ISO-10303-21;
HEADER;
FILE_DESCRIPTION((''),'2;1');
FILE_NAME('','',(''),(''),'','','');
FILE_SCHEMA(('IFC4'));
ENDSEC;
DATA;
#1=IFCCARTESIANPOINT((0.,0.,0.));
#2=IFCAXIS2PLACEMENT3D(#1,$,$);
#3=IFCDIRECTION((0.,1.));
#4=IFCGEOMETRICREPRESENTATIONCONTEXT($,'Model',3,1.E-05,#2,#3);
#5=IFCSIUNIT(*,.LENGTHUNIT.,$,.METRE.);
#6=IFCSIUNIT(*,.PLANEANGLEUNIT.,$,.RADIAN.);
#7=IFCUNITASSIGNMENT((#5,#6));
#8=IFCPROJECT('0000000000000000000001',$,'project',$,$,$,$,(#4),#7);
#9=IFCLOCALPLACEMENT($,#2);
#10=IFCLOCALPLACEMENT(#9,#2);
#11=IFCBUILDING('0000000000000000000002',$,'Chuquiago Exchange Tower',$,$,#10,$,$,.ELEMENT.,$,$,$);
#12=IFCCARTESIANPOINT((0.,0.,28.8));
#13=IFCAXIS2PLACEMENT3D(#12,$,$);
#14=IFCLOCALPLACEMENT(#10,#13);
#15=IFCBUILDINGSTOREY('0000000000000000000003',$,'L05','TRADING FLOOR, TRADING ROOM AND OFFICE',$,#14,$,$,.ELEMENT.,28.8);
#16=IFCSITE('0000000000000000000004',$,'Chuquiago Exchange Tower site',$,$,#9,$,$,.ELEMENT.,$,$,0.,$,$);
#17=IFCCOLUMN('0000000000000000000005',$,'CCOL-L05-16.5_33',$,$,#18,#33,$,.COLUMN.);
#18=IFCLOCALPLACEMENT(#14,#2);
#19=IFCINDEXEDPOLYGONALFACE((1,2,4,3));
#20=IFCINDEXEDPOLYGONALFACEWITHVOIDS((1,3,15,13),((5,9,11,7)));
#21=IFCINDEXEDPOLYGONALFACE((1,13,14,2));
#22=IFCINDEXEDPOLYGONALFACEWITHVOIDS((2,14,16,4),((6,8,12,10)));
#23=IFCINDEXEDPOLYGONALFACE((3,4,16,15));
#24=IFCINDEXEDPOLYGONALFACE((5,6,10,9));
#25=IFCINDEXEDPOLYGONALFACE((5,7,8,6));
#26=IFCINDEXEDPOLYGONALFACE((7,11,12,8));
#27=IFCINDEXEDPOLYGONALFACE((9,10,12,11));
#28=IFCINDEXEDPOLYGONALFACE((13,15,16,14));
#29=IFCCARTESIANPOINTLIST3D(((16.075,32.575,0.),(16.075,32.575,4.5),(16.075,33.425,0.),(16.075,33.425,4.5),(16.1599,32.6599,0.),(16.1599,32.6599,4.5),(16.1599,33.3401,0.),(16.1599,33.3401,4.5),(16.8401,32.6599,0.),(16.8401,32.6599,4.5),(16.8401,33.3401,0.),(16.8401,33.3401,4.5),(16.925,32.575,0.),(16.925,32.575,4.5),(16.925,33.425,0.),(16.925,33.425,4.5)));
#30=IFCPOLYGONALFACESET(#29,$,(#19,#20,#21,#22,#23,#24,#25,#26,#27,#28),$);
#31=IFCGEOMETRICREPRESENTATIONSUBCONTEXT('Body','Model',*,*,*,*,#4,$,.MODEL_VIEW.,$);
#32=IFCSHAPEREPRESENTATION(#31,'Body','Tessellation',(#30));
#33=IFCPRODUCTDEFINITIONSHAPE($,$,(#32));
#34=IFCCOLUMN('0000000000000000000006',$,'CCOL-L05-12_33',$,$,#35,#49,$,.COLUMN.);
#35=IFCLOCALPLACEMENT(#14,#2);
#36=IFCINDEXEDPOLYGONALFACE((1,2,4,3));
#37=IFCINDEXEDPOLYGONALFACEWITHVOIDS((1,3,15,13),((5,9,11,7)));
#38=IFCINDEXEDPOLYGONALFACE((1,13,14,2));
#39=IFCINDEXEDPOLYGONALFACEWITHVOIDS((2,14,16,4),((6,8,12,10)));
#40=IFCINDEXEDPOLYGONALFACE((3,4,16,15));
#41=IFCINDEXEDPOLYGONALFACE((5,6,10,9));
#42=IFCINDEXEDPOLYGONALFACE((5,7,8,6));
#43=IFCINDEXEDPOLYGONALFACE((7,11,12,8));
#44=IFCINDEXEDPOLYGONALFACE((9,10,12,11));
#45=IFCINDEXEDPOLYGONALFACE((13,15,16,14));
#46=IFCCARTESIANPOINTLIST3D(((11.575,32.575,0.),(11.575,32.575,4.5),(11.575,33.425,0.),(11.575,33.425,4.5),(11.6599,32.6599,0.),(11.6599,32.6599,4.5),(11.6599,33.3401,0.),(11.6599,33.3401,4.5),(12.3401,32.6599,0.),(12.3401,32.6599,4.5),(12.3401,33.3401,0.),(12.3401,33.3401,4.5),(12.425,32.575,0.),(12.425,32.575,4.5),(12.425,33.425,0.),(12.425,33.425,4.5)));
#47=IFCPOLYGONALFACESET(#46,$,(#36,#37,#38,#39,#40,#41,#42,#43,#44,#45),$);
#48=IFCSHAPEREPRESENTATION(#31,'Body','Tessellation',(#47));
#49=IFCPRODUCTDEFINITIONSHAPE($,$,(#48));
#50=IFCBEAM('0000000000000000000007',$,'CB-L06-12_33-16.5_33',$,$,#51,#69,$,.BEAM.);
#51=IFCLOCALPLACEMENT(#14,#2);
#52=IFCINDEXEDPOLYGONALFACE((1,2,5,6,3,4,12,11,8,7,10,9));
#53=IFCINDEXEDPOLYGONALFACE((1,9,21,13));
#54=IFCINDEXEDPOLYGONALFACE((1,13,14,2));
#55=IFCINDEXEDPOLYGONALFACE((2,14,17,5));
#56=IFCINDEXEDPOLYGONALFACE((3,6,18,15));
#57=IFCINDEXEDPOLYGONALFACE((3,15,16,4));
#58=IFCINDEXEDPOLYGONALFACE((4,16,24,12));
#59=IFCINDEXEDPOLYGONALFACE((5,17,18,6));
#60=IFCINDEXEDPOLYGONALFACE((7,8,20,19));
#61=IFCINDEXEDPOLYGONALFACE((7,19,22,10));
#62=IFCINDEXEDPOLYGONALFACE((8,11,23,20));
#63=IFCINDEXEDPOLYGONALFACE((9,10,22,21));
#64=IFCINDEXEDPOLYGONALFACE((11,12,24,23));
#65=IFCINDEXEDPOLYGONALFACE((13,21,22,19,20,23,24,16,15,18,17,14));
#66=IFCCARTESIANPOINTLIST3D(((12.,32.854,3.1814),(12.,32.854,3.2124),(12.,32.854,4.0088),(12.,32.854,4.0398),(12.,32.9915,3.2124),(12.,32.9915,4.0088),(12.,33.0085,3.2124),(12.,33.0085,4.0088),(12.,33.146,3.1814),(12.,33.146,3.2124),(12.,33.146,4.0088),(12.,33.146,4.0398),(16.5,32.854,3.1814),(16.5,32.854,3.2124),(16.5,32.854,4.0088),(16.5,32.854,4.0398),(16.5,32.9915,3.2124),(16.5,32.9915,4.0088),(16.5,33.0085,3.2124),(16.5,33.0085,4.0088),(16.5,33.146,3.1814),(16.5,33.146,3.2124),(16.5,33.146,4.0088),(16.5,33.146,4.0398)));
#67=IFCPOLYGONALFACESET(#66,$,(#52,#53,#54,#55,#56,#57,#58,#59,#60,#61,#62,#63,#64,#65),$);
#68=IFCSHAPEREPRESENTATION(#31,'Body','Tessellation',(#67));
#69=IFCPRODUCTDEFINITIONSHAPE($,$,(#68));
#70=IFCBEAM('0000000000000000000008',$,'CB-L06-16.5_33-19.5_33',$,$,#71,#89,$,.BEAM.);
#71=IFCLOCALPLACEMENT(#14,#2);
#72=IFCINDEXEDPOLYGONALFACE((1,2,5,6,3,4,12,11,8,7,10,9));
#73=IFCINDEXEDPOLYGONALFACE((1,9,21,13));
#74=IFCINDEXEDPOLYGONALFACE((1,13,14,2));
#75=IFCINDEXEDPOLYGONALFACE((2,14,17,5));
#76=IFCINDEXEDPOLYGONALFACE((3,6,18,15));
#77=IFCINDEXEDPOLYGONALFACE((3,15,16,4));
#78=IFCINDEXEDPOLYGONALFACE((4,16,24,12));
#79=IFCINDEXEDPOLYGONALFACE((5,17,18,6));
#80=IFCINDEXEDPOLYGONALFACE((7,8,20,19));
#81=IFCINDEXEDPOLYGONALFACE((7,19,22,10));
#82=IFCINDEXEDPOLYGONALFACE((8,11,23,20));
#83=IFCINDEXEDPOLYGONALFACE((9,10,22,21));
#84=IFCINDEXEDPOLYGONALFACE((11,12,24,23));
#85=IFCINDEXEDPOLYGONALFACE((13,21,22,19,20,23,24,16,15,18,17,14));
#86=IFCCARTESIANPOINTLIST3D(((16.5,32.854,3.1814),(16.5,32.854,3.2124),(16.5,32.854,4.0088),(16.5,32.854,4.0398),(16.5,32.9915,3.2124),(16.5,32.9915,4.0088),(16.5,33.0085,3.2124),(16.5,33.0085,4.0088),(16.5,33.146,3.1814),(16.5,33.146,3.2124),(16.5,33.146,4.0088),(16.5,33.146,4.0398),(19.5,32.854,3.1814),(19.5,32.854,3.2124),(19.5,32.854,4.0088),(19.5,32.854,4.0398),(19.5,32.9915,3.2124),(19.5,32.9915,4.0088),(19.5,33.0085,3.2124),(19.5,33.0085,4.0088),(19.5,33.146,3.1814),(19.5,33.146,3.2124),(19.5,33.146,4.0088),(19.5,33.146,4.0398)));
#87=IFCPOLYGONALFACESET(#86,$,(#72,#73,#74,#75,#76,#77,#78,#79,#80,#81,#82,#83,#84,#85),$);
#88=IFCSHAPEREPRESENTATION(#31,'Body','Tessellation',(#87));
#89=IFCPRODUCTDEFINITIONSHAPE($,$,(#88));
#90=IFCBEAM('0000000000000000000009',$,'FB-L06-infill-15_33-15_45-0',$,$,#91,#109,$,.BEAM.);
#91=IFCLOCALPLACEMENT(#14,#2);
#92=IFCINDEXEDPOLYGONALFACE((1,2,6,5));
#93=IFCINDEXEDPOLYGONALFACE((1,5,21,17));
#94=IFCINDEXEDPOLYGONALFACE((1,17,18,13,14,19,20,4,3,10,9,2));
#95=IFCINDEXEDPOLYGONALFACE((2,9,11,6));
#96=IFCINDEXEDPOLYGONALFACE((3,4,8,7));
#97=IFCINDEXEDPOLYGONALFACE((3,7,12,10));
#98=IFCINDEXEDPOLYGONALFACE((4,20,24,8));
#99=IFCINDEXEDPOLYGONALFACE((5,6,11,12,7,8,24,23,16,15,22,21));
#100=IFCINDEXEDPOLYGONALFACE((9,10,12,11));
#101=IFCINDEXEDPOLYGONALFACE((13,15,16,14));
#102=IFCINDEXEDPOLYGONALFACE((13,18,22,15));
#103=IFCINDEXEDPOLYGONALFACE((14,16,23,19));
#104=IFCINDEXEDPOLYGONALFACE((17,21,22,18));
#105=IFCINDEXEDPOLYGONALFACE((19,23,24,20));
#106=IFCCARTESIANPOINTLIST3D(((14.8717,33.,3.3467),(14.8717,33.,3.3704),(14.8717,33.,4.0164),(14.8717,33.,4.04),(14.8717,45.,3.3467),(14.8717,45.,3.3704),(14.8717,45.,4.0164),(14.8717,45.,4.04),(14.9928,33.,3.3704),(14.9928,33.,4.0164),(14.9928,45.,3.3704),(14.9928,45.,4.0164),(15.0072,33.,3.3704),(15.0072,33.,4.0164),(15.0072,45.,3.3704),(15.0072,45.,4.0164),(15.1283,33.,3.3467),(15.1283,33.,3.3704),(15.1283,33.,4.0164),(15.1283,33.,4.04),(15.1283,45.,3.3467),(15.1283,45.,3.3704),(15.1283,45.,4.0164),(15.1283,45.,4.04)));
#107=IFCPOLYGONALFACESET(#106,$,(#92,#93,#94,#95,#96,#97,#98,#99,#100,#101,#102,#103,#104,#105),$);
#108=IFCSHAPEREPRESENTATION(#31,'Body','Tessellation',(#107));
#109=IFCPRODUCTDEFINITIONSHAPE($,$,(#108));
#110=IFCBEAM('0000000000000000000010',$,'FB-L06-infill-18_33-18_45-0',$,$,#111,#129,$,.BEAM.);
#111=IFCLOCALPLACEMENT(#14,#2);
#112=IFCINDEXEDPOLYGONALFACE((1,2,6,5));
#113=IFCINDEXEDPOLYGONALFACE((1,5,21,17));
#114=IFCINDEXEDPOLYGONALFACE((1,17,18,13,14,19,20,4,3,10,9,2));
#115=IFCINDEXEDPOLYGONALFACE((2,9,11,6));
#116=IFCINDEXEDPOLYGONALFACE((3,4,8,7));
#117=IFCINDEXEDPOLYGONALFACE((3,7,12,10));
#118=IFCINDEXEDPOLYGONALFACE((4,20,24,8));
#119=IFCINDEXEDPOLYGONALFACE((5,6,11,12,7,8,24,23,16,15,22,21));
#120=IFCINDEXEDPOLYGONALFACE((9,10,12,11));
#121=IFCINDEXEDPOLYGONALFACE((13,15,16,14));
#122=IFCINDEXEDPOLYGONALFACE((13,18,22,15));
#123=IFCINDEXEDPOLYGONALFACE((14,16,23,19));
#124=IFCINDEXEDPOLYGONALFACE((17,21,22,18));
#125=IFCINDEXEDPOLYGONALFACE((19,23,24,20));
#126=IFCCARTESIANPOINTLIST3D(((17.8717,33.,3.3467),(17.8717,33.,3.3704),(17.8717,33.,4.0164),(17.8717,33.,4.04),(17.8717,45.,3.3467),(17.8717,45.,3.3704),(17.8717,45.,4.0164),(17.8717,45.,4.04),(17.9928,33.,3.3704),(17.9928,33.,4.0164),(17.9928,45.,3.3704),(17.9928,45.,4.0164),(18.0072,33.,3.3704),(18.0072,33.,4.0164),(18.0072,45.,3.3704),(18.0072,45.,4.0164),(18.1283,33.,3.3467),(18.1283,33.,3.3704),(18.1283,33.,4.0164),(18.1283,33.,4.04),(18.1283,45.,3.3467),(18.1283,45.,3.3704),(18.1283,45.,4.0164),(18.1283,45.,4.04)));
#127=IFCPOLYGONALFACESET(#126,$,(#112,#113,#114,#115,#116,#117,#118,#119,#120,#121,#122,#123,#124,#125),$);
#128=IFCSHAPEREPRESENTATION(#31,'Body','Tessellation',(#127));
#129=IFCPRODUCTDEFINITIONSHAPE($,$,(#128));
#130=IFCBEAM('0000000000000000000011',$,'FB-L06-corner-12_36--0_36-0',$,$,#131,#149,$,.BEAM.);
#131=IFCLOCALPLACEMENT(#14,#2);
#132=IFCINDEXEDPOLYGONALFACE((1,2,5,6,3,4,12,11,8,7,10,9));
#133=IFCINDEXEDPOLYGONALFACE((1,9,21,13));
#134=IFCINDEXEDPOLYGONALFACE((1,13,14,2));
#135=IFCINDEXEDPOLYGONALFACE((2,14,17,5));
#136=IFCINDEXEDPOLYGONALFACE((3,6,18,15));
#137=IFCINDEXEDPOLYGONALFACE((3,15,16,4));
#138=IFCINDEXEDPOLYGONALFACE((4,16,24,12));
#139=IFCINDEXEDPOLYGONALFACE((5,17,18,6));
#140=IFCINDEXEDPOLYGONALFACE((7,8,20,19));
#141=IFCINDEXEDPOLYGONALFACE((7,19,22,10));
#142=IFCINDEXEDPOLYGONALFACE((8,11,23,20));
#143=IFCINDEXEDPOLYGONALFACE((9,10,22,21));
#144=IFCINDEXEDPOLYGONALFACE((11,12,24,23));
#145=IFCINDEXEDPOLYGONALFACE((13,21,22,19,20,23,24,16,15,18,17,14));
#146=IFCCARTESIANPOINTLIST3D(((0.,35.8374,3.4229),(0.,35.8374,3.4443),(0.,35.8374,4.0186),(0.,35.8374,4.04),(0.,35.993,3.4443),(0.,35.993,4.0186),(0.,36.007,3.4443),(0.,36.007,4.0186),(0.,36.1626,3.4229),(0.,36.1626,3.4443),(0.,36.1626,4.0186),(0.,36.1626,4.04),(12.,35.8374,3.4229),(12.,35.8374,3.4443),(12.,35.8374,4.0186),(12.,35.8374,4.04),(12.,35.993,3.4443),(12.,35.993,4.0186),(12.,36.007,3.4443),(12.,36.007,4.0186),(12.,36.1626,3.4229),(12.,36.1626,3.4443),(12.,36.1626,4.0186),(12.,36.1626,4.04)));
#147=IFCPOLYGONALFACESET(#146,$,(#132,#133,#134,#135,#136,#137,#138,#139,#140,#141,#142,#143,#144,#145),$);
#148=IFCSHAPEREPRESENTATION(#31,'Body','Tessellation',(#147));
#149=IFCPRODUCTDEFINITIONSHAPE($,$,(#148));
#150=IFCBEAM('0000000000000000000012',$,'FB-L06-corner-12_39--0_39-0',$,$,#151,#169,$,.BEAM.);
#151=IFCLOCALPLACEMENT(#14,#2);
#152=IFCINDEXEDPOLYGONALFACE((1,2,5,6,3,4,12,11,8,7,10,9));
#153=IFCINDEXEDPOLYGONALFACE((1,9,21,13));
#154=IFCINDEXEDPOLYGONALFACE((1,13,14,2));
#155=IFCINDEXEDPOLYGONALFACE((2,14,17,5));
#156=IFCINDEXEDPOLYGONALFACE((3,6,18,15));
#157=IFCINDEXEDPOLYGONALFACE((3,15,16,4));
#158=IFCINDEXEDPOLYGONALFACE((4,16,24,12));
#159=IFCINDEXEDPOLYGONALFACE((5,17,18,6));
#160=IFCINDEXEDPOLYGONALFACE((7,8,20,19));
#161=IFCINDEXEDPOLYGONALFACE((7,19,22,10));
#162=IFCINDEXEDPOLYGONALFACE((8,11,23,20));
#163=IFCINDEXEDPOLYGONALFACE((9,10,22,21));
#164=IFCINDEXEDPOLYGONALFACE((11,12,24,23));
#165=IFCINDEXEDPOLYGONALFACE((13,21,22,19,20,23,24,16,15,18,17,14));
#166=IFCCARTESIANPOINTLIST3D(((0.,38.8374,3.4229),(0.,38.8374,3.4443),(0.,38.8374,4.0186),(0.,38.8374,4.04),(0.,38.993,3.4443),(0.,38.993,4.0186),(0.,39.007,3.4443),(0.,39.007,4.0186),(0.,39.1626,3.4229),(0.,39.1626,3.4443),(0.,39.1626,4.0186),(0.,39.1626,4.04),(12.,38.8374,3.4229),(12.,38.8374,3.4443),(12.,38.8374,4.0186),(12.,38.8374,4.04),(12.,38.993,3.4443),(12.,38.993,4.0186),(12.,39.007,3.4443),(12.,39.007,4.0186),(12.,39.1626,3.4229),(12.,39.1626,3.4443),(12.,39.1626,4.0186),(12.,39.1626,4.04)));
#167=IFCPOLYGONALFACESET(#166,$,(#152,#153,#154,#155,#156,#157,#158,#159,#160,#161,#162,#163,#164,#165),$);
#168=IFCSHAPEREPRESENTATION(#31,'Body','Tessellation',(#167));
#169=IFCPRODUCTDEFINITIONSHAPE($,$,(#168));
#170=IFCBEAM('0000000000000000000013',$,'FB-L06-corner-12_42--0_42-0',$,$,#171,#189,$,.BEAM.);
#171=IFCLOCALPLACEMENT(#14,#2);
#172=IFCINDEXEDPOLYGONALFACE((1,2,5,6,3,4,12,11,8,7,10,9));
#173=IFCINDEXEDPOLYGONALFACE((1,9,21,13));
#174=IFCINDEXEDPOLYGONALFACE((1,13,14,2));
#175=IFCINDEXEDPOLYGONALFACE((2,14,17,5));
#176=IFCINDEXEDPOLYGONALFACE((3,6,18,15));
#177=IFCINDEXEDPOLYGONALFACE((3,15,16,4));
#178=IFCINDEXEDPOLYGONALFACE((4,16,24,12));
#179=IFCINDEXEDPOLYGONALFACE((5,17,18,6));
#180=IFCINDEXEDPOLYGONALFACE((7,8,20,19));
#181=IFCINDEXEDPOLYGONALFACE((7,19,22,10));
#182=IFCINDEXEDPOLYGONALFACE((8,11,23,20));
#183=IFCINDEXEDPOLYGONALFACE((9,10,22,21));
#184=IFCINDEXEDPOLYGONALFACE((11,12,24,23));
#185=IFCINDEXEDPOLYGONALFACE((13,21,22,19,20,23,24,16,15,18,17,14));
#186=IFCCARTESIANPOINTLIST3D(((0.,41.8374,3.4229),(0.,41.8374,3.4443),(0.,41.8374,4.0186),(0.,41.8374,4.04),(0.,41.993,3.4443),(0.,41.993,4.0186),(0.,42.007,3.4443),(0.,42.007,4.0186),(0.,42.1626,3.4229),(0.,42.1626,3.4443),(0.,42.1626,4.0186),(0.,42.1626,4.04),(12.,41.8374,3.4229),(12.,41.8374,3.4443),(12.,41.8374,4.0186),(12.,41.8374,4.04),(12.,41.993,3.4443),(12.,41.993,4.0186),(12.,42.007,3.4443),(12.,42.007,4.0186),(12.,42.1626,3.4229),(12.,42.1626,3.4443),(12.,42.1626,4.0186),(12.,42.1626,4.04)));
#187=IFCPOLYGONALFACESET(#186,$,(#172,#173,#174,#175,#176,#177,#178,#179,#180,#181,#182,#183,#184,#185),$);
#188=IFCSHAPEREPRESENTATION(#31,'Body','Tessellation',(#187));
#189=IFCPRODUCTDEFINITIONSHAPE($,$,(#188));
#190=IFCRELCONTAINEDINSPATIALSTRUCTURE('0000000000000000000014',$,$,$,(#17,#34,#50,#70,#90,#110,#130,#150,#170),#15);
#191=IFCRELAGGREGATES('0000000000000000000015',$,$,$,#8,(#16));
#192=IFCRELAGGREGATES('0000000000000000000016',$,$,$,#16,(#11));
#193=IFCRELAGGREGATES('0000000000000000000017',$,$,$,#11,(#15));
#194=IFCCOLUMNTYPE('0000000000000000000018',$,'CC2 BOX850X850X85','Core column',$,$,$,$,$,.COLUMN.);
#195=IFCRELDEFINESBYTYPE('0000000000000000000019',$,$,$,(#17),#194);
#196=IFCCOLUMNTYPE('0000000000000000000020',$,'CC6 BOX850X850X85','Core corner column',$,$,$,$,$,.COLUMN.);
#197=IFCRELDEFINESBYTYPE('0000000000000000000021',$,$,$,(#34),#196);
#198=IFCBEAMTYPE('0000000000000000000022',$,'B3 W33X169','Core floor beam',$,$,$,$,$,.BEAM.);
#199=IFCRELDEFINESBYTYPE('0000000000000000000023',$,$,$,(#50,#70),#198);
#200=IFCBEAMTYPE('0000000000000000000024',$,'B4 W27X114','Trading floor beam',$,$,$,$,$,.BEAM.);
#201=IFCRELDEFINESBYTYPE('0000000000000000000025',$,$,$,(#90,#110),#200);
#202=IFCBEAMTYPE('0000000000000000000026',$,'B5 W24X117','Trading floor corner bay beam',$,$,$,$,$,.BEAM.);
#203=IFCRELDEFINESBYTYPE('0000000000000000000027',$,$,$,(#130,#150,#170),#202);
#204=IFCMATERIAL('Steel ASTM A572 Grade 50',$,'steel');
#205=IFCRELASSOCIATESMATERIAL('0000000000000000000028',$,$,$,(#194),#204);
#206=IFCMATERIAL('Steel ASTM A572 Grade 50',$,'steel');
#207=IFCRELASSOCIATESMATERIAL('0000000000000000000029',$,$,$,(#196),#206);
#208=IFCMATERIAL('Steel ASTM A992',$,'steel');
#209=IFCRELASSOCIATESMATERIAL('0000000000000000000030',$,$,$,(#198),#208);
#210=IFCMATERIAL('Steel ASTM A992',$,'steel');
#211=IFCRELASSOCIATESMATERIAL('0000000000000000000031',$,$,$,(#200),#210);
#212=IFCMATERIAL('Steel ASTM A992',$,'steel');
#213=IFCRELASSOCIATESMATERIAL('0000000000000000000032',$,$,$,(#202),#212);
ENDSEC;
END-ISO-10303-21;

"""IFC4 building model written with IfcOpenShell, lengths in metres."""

from ifc_helpers import new_model, si_unit, direction, frame, origin, origin_2d, place, context, subcontext, project, spatial, hollow_rectangle, i_section, extrude, material, material_profile, profile_set, type_object, element, save


model = new_model("IFC4")

# Units and contexts
model_context = context("Model", 3, precision=1e-05, world=origin(), true_north=direction((0.0, 1.0)))
body_context = subcontext(model_context, "Body", "Model", "MODEL_VIEW")
ifc_project = project(units=[si_unit("LENGTHUNIT", "METRE"), si_unit("PLANEANGLEUNIT", "RADIAN")], contexts=[model_context])

# Site, building, storey
site_placement = place(None, origin())
site = spatial("IfcSite", under=ifc_project, at=site_placement, Name="Chuquiago Exchange Tower site", CompositionType="ELEMENT", RefElevation=0.0)
building_placement = place(site_placement, origin())
building = spatial("IfcBuilding", under=site, at=building_placement, Name="Chuquiago Exchange Tower", CompositionType="ELEMENT")
storey_placement = place(building_placement, frame((0.0, 0.0, 28.8)))
storey = spatial("IfcBuildingStorey", under=building, at=storey_placement, Name="L05", Description="TRADING FLOOR, TRADING ROOM AND OFFICE", CompositionType="ELEMENT", Elevation=28.8)

# Columns
ifc_material_1 = material(Name="Steel ASTM A572 Grade 50", Category="steel")
ifc_material_profile_1 = material_profile(ifc_material_1, hollow_rectangle(XDim=0.8501, YDim=0.8501, WallThickness=0.085, at=origin_2d()), Name="BOX850X850X85")
ifc_profile_set_1 = profile_set([ifc_material_profile_1], Name="Steel ASTM A572 Grade 50")
column_type_1 = type_object("IfcColumnType", Name="CC2 BOX850X850X85", Description="Core column", PredefinedType="COLUMN", material=ifc_profile_set_1)
column_1_placement = place(storey_placement, frame((16.5, 33.0, 0.0), z_axis=(0.0, 0.0, 1.0), x_axis=(1.0, 0.0, 0.0)))
element("IfcColumn", 1, at=column_1_placement, inside=storey, type_object=column_type_1, Name="CCOL-L05-16.5_33", PredefinedType="COLUMN", context=body_context, shape_type="SweptSolid", body=[
    extrude(hollow_rectangle(XDim=0.8501, YDim=0.8501, WallThickness=0.085, at=origin_2d()), origin(), (0.0, 0.0, 1.0), 4.5),
])
ifc_material_2 = material(Name="Steel ASTM A572 Grade 50", Category="steel")
ifc_material_profile_2 = material_profile(ifc_material_2, hollow_rectangle(XDim=0.8501, YDim=0.8501, WallThickness=0.085, at=origin_2d()), Name="BOX850X850X85")
ifc_profile_set_2 = profile_set([ifc_material_profile_2], Name="Steel ASTM A572 Grade 50")
column_type_2 = type_object("IfcColumnType", Name="CC6 BOX850X850X85", Description="Core corner column", PredefinedType="COLUMN", material=ifc_profile_set_2)
column_2_placement = place(storey_placement, frame((12.0, 33.0, 0.0), z_axis=(0.0, 0.0, 1.0), x_axis=(1.0, 0.0, 0.0)))
element("IfcColumn", 2, at=column_2_placement, inside=storey, type_object=column_type_2, Name="CCOL-L05-12_33", PredefinedType="COLUMN", context=body_context, shape_type="SweptSolid", body=[
    extrude(hollow_rectangle(XDim=0.8501, YDim=0.8501, WallThickness=0.085, at=origin_2d()), origin(), (0.0, 0.0, 1.0), 4.5),
])

# Beams
ifc_material_3 = material(Name="Steel ASTM A992", Category="steel")
ifc_material_profile_3 = material_profile(ifc_material_3, i_section(OverallWidth=0.292, OverallDepth=0.8584, WebThickness=0.0171, FlangeThickness=0.031, at=origin_2d()), Name="W33X169")
ifc_profile_set_3 = profile_set([ifc_material_profile_3], Name="Steel ASTM A992")
beam_type_1 = type_object("IfcBeamType", Name="B3 W33X169", Description="Core floor beam", PredefinedType="BEAM", material=ifc_profile_set_3)
beam_1_placement = place(storey_placement, frame((12.0, 33.0, 3.6106), z_axis=(1.0, 0.0, 0.0), x_axis=(0.0, 1.0, 0.0)))
element("IfcBeam", 3, at=beam_1_placement, inside=storey, type_object=beam_type_1, Name="CB-L06-12_33-16.5_33", PredefinedType="BEAM", context=body_context, shape_type="SweptSolid", body=[
    extrude(i_section(OverallWidth=0.292, OverallDepth=0.8584, WebThickness=0.0171, FlangeThickness=0.031, at=origin_2d()), origin(), (0.0, 0.0, 1.0), 4.5),
])
beam_2_placement = place(storey_placement, frame((16.5, 33.0, 3.6106), z_axis=(1.0, 0.0, 0.0), x_axis=(0.0, 1.0, 0.0)))
element("IfcBeam", 4, at=beam_2_placement, inside=storey, type_object=beam_type_1, Name="CB-L06-16.5_33-19.5_33", PredefinedType="BEAM", context=body_context, shape_type="SweptSolid", body=[
    extrude(i_section(OverallWidth=0.292, OverallDepth=0.8584, WebThickness=0.0171, FlangeThickness=0.031, at=origin_2d()), origin(), (0.0, 0.0, 1.0), 3.0),
])
ifc_material_4 = material(Name="Steel ASTM A992", Category="steel")
ifc_material_profile_4 = material_profile(ifc_material_4, i_section(OverallWidth=0.2566, OverallDepth=0.6934, WebThickness=0.0144, FlangeThickness=0.0237, at=origin_2d()), Name="W27X114")
ifc_profile_set_4 = profile_set([ifc_material_profile_4], Name="Steel ASTM A992")
beam_type_2 = type_object("IfcBeamType", Name="B4 W27X114", Description="Trading floor beam", PredefinedType="BEAM", material=ifc_profile_set_4)
for number, where, z_axis, x_axis, name in (
    (5, (15.0, 33.0, 3.6934), (0.0, 1.0, 0.0), (-1.0, 0.0, 0.0), "FB-L06-infill-15_33-15_45-0"),
    (6, (18.0, 33.0, 3.6934), (0.0, 1.0, 0.0), (-1.0, 0.0, 0.0), "FB-L06-infill-18_33-18_45-0"),
):
    element("IfcBeam", number, at=place(storey_placement, frame(where, z_axis=z_axis, x_axis=x_axis)), inside=storey, type_object=beam_type_2, Name=name, PredefinedType="BEAM", context=body_context, shape_type="SweptSolid", body=[
        extrude(i_section(OverallWidth=0.2566, OverallDepth=0.6934, WebThickness=0.0144, FlangeThickness=0.0237, at=origin_2d()), origin(), (0.0, 0.0, 1.0), 12.0),
    ])
ifc_material_5 = material(Name="Steel ASTM A992", Category="steel")
ifc_material_profile_5 = material_profile(ifc_material_5, i_section(OverallWidth=0.3252, OverallDepth=0.6172, WebThickness=0.0139, FlangeThickness=0.0215, at=origin_2d()), Name="W24X117")
ifc_profile_set_5 = profile_set([ifc_material_profile_5], Name="Steel ASTM A992")
beam_type_3 = type_object("IfcBeamType", Name="B5 W24X117", Description="Trading floor corner bay beam", PredefinedType="BEAM", material=ifc_profile_set_5)
for number, where, z_axis, x_axis, name in (
    (7, (12.0, 36.0, 3.7314), (-1.0, 0.0, 0.0), (0.0, -1.0, 0.0), "FB-L06-corner-12_36--0_36-0"),
    (8, (12.0, 39.0, 3.7314), (-1.0, 0.0, 0.0), (0.0, -1.0, 0.0), "FB-L06-corner-12_39--0_39-0"),
    (9, (12.0, 42.0, 3.7314), (-1.0, 0.0, 0.0), (0.0, -1.0, 0.0), "FB-L06-corner-12_42--0_42-0"),
):
    element("IfcBeam", number, at=place(storey_placement, frame(where, z_axis=z_axis, x_axis=x_axis)), inside=storey, type_object=beam_type_3, Name=name, PredefinedType="BEAM", context=body_context, shape_type="SweptSolid", body=[
        extrude(i_section(OverallWidth=0.3252, OverallDepth=0.6172, WebThickness=0.0139, FlangeThickness=0.0215, at=origin_2d()), origin(), (0.0, 0.0, 1.0), 12.0),
    ])

save(model, "model.ifc")
